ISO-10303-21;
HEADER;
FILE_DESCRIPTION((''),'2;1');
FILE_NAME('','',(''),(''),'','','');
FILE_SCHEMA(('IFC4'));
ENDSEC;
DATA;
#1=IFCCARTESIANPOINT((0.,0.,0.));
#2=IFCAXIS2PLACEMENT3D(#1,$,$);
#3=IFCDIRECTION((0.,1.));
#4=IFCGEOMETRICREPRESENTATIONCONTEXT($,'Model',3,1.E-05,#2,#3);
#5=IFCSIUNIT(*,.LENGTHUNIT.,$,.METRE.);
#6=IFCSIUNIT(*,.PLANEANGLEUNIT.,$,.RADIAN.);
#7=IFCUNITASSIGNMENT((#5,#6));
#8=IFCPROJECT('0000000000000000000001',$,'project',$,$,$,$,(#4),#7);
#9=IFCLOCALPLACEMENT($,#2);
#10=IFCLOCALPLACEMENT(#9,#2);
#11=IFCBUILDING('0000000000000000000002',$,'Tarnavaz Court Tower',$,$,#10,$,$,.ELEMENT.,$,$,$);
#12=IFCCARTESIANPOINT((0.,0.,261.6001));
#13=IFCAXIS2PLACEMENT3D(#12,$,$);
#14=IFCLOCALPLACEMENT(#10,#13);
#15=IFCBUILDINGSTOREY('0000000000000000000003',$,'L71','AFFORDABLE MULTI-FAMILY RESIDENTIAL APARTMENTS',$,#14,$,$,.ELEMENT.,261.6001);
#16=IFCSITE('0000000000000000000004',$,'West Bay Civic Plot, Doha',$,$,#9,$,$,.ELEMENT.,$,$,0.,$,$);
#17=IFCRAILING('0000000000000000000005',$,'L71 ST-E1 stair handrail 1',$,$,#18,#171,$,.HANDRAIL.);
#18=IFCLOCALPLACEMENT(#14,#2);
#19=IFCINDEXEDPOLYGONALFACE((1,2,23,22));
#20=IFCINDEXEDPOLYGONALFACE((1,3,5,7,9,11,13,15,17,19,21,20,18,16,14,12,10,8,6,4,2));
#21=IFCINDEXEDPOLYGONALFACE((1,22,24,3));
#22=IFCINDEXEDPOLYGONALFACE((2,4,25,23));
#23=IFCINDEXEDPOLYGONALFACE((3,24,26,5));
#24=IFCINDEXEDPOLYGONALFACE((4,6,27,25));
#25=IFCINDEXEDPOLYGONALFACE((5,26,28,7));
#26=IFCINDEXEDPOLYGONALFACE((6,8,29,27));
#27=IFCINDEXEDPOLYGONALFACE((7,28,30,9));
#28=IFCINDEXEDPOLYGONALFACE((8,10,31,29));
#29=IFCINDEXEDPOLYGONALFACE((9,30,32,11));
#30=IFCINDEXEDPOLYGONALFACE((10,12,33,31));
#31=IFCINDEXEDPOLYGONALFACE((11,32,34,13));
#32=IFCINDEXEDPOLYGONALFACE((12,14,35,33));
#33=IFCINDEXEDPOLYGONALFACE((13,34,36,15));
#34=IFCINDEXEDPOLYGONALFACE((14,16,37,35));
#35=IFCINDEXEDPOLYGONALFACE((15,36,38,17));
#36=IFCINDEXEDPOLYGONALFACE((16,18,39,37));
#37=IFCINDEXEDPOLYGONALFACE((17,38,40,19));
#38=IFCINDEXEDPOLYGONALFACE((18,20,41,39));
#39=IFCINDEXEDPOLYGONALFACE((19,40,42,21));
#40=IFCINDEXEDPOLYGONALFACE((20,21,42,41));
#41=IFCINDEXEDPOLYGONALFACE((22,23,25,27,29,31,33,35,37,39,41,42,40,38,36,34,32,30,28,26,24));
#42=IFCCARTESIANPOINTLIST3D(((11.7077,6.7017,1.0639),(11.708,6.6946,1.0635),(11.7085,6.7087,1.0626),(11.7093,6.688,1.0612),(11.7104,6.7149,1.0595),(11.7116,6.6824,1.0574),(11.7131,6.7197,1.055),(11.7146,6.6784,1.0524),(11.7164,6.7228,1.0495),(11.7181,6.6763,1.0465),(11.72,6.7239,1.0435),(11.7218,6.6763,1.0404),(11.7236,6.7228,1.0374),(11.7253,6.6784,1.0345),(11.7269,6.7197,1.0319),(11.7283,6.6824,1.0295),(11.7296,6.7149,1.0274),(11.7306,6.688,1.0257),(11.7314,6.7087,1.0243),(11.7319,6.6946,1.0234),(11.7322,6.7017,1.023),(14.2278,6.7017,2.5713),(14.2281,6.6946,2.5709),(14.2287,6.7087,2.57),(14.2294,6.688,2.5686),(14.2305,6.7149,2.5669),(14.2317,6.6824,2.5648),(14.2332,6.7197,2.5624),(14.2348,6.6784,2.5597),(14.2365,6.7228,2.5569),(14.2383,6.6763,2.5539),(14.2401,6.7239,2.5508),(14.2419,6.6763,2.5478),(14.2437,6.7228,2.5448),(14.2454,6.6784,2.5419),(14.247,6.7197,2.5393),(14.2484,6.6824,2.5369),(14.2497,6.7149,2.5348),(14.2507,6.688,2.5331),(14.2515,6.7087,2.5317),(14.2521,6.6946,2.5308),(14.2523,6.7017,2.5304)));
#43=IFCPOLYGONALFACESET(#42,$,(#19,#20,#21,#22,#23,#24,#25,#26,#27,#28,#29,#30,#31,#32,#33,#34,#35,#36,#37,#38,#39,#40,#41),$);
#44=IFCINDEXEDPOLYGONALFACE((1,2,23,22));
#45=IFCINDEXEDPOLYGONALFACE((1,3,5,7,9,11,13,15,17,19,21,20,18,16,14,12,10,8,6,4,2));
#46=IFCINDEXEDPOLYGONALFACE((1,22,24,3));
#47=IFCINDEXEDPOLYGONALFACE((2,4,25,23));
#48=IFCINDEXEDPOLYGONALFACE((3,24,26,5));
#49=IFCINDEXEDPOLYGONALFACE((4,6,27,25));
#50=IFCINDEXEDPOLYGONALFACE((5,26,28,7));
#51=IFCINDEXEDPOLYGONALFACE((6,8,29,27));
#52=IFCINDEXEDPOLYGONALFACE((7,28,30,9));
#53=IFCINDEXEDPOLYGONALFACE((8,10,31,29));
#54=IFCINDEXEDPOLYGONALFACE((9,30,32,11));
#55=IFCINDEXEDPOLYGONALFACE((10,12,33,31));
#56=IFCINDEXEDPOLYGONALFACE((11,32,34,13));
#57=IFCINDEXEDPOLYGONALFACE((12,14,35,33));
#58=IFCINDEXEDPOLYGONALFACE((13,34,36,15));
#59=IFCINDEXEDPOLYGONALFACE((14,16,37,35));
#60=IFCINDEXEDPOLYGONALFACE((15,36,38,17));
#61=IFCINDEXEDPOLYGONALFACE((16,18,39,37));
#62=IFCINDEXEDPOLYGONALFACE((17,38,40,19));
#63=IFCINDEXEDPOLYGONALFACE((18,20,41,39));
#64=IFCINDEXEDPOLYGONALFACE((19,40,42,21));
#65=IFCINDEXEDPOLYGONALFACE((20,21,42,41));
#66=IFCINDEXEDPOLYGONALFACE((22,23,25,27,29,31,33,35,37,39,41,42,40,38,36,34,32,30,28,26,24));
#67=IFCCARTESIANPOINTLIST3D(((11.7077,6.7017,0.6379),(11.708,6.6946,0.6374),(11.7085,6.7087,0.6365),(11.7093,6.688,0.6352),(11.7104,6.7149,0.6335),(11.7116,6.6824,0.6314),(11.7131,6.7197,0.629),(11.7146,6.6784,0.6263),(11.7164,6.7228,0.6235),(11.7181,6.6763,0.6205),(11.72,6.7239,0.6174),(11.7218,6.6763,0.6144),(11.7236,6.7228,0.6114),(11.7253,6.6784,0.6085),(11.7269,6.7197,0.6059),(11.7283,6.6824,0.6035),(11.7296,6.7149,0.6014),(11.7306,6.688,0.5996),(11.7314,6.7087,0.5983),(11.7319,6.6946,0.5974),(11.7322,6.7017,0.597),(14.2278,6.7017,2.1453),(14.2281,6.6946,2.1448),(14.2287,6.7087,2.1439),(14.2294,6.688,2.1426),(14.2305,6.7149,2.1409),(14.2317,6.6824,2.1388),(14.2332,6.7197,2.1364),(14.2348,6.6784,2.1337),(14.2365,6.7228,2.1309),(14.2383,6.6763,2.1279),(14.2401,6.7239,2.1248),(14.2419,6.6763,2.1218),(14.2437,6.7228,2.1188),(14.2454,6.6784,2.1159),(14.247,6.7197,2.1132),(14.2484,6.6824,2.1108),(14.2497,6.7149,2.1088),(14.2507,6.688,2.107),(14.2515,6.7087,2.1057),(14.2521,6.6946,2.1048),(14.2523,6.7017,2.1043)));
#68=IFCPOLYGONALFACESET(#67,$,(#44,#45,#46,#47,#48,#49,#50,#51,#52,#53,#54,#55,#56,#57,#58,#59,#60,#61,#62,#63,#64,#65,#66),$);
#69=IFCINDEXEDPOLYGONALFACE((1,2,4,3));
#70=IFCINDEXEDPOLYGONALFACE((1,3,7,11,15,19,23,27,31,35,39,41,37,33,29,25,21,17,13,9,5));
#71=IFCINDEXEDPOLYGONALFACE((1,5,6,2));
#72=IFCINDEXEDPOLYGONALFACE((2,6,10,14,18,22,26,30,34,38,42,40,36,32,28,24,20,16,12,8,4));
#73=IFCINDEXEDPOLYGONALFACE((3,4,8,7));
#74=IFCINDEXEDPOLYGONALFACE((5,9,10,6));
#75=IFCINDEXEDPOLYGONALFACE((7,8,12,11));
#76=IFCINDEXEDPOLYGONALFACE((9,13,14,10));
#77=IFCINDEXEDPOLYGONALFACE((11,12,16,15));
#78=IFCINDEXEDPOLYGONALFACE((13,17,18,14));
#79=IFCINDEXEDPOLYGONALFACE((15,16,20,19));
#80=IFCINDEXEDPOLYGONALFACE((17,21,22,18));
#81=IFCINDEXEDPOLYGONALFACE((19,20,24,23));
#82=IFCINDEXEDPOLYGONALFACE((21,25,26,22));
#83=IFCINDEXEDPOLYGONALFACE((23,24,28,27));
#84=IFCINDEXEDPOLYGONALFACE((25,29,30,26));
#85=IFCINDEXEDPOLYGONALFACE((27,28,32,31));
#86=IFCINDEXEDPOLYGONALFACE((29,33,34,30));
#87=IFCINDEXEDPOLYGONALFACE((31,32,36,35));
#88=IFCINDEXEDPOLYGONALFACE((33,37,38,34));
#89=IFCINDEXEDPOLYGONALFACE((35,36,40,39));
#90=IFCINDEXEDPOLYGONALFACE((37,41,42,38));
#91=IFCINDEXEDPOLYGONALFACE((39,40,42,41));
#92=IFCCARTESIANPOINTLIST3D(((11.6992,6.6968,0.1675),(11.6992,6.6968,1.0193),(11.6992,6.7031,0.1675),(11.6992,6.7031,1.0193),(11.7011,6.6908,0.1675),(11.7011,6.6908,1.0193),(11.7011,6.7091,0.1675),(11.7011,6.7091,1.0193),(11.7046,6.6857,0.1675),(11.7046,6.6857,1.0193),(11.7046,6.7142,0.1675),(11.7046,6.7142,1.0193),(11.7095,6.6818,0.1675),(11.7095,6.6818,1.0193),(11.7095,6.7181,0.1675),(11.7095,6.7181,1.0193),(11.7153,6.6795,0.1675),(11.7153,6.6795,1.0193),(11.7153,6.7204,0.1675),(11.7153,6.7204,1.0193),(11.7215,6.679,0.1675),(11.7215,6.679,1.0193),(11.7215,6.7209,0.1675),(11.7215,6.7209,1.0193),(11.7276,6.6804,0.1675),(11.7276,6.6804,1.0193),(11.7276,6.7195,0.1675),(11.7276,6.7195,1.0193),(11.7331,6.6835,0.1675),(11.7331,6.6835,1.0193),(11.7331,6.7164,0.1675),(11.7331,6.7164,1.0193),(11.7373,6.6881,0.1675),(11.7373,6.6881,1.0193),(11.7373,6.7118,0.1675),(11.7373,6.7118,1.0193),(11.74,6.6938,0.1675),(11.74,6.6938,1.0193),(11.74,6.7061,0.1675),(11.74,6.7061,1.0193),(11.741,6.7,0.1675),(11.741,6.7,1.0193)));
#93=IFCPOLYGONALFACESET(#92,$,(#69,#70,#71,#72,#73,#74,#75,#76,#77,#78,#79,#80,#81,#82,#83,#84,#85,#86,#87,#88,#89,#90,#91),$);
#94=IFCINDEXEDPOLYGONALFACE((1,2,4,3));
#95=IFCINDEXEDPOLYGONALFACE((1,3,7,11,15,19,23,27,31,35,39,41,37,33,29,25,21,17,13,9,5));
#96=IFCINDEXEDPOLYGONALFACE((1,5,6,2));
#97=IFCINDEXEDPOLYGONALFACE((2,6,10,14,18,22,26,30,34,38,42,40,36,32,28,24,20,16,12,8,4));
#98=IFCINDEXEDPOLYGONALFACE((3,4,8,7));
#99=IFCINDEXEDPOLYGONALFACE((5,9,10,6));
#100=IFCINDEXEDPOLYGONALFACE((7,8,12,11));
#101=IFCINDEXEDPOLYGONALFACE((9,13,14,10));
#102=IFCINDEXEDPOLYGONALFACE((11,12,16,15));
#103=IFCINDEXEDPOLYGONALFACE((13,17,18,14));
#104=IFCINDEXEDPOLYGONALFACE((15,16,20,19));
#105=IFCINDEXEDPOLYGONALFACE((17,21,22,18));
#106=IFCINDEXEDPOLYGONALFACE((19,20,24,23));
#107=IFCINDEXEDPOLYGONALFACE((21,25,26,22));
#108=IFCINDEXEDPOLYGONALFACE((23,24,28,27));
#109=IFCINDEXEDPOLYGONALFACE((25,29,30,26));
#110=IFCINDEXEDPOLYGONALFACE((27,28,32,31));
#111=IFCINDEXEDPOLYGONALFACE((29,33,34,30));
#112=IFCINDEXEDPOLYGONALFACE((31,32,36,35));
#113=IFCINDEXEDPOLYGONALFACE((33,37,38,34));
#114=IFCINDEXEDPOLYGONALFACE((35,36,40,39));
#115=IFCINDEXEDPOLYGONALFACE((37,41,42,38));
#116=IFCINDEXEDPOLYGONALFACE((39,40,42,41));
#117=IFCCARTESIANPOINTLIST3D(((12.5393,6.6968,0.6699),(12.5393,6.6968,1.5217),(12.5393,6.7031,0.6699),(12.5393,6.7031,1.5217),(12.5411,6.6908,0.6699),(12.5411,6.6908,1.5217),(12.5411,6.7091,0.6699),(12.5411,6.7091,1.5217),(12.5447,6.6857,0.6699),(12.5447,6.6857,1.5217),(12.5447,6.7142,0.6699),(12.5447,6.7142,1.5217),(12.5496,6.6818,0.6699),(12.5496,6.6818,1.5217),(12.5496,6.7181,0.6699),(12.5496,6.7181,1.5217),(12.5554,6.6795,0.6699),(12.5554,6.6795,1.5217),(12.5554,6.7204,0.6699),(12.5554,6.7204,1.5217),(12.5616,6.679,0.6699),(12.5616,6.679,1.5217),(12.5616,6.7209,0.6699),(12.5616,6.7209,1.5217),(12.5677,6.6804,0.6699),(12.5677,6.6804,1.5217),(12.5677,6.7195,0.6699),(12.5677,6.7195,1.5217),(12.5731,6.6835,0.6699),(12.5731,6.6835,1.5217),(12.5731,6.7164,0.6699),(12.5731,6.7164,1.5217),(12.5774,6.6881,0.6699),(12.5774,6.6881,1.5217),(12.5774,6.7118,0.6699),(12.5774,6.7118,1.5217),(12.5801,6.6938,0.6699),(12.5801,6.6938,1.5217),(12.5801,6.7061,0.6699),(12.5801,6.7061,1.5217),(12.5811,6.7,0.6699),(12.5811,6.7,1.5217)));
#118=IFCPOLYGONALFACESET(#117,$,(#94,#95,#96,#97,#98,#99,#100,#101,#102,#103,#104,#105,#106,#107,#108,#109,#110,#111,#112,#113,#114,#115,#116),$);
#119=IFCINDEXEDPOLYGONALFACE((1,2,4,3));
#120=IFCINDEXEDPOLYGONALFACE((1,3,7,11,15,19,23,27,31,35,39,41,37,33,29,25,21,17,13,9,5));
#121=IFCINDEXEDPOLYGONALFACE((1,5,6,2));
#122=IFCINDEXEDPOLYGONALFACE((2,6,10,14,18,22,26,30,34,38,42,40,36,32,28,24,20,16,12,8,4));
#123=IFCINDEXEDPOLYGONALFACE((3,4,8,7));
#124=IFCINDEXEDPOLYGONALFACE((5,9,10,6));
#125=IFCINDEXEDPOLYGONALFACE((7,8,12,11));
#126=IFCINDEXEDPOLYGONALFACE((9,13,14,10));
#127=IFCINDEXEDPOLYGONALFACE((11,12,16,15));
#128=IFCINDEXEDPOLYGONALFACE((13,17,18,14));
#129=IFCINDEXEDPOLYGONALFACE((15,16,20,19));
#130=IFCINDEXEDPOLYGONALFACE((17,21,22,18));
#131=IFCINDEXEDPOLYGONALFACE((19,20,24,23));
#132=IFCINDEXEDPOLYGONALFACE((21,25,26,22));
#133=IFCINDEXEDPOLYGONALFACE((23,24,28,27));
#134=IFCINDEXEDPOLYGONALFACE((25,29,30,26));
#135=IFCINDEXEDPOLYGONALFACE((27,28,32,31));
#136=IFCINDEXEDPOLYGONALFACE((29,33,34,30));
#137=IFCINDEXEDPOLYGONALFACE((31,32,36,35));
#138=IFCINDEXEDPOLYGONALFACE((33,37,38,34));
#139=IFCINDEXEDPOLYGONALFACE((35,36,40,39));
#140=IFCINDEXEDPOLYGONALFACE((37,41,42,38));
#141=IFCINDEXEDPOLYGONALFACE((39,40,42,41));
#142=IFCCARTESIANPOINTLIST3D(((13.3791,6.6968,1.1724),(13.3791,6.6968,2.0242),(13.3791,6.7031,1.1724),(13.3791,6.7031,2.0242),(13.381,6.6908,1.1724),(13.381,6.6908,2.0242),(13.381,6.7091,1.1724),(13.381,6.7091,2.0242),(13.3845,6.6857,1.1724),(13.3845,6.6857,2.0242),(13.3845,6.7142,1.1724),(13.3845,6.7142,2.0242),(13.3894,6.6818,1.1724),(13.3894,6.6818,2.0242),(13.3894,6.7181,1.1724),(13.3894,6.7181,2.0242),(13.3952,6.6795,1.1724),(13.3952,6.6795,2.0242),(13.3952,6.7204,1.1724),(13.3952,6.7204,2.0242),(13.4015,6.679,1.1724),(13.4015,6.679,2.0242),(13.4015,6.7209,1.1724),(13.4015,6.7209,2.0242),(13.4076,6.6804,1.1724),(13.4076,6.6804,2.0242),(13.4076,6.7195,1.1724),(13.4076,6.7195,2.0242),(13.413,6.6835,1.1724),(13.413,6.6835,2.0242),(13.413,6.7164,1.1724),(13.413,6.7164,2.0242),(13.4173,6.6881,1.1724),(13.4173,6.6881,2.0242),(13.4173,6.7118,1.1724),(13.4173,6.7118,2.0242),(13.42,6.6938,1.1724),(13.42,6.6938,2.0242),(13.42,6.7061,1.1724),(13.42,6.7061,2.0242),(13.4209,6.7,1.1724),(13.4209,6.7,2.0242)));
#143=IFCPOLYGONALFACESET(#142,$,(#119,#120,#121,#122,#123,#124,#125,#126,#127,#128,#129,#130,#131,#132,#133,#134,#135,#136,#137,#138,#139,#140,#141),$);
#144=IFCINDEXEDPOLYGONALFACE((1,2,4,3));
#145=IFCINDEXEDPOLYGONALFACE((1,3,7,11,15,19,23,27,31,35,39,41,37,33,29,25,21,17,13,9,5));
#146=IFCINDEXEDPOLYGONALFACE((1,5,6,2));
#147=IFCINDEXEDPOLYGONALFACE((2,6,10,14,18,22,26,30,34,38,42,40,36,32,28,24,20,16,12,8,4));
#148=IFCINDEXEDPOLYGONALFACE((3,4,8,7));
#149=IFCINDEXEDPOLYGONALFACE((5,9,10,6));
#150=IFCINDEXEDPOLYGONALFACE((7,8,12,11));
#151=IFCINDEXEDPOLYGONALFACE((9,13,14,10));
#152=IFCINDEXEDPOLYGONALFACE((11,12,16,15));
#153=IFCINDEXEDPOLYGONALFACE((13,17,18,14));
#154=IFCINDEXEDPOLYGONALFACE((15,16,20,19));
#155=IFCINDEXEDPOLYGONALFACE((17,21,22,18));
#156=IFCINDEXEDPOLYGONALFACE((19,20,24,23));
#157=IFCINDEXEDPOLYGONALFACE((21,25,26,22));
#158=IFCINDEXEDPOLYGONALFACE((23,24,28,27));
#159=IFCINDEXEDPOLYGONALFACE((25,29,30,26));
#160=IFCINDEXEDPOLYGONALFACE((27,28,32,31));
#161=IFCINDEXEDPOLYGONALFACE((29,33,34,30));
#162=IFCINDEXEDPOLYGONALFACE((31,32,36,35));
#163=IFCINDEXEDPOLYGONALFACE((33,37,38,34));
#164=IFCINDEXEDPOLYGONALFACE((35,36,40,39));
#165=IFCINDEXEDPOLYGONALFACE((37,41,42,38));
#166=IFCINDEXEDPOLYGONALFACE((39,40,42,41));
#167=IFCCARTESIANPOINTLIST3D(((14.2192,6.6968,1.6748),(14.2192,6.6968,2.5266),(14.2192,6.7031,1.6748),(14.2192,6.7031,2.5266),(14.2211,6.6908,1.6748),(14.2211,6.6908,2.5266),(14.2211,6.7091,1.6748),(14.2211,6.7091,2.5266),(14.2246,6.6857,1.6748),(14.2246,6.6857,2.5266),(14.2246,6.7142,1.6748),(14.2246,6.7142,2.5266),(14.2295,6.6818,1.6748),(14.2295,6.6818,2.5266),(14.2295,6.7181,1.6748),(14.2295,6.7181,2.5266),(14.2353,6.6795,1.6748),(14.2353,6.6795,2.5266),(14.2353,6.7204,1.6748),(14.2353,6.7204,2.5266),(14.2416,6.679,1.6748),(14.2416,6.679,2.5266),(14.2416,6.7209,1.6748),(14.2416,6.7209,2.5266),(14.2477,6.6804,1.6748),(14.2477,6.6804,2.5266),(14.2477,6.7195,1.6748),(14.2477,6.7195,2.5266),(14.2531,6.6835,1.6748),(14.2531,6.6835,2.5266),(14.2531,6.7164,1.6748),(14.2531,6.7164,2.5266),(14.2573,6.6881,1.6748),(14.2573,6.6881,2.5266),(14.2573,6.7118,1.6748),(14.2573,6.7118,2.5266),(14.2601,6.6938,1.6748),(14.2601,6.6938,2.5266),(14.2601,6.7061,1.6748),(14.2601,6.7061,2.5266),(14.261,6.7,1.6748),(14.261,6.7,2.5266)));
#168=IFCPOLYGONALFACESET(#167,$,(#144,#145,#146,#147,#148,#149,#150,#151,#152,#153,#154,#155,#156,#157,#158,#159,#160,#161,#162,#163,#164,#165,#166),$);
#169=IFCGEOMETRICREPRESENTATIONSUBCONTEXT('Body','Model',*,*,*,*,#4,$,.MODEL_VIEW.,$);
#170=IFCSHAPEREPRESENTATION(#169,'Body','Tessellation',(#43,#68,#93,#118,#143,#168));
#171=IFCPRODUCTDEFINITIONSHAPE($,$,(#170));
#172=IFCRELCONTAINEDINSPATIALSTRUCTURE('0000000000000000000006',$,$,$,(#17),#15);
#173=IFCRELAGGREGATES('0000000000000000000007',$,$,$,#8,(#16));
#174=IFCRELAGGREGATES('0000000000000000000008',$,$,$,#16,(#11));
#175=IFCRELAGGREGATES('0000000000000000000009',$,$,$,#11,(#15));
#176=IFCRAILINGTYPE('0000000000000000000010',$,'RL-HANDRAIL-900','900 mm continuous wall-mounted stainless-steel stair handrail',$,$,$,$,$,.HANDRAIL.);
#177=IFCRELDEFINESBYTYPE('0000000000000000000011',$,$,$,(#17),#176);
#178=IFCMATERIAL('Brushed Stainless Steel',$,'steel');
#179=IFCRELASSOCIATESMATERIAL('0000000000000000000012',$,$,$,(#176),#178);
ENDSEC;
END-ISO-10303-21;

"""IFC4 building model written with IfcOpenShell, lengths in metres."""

from ifc_helpers import new_model, si_unit, direction, frame, origin, origin_2d, place, context, subcontext, project, spatial, circle, extrude, material, type_object, element, save


model = new_model("IFC4")

# Units and contexts
model_context = context("Model", 3, precision=1e-05, world=origin(), true_north=direction((0.0, 1.0)))
body_context = subcontext(model_context, "Body", "Model", "MODEL_VIEW")
ifc_project = project(units=[si_unit("LENGTHUNIT", "METRE"), si_unit("PLANEANGLEUNIT", "RADIAN")], contexts=[model_context])

# Site, building, storey
site_placement = place(None, origin())
site = spatial("IfcSite", under=ifc_project, at=site_placement, Name="West Bay Civic Plot, Doha", CompositionType="ELEMENT", RefElevation=0.0)
building_placement = place(site_placement, origin())
building = spatial("IfcBuilding", under=site, at=building_placement, Name="Tarnavaz Court Tower", CompositionType="ELEMENT")
storey_placement = place(building_placement, frame((0.0, 0.0, 261.6001)))
storey = spatial("IfcBuildingStorey", under=building, at=storey_placement, Name="L71", Description="AFFORDABLE MULTI-FAMILY RESIDENTIAL APARTMENTS", CompositionType="ELEMENT", Elevation=261.6001)

# Railing
ifc_material_1 = material(Name="Brushed Stainless Steel", Category="steel")
railing_type_1 = type_object("IfcRailingType", Name="RL-HANDRAIL-900", Description="900 mm continuous wall-mounted stainless-steel stair handrail", PredefinedType="HANDRAIL", material=ifc_material_1)
railing_1_placement = place(storey_placement, frame((11.72, 6.7, 0.1675)))
element("IfcRailing", 1, at=railing_1_placement, inside=storey, type_object=railing_type_1, Name="L71 ST-E1 stair handrail 1", PredefinedType="HANDRAIL", context=body_context, shape_type="SweptSolid", body=[
    extrude(circle(Radius=0.0239, at=origin_2d()), frame((0.0, 0.0, 0.876), z_axis=(0.858196, 0.0, 0.513321), x_axis=(0.0, 1.0, 0.0)), (0.0, 0.0, 1.0), 2.9365),
    extrude(circle(Radius=0.0239, at=origin_2d()), frame((0.0, 0.0, 0.45), z_axis=(0.858196, 0.0, 0.513321), x_axis=(0.0, 1.0, 0.0)), (0.0, 0.0, 1.0), 2.9365),
    extrude(circle(Radius=0.021, at=origin_2d()), origin(), (0.0, 0.0, 1.0), 0.8518),
    extrude(circle(Radius=0.021, at=origin_2d()), frame((0.8401, 0.0, 0.5024)), (0.0, 0.0, 1.0), 0.8518),
    extrude(circle(Radius=0.021, at=origin_2d()), frame((1.6799, 0.0, 1.0049)), (0.0, 0.0, 1.0), 0.8518),
    extrude(circle(Radius=0.021, at=origin_2d()), frame((2.52, 0.0, 1.5073)), (0.0, 0.0, 1.0), 0.8518),
])

save(model, "model.ifc")
